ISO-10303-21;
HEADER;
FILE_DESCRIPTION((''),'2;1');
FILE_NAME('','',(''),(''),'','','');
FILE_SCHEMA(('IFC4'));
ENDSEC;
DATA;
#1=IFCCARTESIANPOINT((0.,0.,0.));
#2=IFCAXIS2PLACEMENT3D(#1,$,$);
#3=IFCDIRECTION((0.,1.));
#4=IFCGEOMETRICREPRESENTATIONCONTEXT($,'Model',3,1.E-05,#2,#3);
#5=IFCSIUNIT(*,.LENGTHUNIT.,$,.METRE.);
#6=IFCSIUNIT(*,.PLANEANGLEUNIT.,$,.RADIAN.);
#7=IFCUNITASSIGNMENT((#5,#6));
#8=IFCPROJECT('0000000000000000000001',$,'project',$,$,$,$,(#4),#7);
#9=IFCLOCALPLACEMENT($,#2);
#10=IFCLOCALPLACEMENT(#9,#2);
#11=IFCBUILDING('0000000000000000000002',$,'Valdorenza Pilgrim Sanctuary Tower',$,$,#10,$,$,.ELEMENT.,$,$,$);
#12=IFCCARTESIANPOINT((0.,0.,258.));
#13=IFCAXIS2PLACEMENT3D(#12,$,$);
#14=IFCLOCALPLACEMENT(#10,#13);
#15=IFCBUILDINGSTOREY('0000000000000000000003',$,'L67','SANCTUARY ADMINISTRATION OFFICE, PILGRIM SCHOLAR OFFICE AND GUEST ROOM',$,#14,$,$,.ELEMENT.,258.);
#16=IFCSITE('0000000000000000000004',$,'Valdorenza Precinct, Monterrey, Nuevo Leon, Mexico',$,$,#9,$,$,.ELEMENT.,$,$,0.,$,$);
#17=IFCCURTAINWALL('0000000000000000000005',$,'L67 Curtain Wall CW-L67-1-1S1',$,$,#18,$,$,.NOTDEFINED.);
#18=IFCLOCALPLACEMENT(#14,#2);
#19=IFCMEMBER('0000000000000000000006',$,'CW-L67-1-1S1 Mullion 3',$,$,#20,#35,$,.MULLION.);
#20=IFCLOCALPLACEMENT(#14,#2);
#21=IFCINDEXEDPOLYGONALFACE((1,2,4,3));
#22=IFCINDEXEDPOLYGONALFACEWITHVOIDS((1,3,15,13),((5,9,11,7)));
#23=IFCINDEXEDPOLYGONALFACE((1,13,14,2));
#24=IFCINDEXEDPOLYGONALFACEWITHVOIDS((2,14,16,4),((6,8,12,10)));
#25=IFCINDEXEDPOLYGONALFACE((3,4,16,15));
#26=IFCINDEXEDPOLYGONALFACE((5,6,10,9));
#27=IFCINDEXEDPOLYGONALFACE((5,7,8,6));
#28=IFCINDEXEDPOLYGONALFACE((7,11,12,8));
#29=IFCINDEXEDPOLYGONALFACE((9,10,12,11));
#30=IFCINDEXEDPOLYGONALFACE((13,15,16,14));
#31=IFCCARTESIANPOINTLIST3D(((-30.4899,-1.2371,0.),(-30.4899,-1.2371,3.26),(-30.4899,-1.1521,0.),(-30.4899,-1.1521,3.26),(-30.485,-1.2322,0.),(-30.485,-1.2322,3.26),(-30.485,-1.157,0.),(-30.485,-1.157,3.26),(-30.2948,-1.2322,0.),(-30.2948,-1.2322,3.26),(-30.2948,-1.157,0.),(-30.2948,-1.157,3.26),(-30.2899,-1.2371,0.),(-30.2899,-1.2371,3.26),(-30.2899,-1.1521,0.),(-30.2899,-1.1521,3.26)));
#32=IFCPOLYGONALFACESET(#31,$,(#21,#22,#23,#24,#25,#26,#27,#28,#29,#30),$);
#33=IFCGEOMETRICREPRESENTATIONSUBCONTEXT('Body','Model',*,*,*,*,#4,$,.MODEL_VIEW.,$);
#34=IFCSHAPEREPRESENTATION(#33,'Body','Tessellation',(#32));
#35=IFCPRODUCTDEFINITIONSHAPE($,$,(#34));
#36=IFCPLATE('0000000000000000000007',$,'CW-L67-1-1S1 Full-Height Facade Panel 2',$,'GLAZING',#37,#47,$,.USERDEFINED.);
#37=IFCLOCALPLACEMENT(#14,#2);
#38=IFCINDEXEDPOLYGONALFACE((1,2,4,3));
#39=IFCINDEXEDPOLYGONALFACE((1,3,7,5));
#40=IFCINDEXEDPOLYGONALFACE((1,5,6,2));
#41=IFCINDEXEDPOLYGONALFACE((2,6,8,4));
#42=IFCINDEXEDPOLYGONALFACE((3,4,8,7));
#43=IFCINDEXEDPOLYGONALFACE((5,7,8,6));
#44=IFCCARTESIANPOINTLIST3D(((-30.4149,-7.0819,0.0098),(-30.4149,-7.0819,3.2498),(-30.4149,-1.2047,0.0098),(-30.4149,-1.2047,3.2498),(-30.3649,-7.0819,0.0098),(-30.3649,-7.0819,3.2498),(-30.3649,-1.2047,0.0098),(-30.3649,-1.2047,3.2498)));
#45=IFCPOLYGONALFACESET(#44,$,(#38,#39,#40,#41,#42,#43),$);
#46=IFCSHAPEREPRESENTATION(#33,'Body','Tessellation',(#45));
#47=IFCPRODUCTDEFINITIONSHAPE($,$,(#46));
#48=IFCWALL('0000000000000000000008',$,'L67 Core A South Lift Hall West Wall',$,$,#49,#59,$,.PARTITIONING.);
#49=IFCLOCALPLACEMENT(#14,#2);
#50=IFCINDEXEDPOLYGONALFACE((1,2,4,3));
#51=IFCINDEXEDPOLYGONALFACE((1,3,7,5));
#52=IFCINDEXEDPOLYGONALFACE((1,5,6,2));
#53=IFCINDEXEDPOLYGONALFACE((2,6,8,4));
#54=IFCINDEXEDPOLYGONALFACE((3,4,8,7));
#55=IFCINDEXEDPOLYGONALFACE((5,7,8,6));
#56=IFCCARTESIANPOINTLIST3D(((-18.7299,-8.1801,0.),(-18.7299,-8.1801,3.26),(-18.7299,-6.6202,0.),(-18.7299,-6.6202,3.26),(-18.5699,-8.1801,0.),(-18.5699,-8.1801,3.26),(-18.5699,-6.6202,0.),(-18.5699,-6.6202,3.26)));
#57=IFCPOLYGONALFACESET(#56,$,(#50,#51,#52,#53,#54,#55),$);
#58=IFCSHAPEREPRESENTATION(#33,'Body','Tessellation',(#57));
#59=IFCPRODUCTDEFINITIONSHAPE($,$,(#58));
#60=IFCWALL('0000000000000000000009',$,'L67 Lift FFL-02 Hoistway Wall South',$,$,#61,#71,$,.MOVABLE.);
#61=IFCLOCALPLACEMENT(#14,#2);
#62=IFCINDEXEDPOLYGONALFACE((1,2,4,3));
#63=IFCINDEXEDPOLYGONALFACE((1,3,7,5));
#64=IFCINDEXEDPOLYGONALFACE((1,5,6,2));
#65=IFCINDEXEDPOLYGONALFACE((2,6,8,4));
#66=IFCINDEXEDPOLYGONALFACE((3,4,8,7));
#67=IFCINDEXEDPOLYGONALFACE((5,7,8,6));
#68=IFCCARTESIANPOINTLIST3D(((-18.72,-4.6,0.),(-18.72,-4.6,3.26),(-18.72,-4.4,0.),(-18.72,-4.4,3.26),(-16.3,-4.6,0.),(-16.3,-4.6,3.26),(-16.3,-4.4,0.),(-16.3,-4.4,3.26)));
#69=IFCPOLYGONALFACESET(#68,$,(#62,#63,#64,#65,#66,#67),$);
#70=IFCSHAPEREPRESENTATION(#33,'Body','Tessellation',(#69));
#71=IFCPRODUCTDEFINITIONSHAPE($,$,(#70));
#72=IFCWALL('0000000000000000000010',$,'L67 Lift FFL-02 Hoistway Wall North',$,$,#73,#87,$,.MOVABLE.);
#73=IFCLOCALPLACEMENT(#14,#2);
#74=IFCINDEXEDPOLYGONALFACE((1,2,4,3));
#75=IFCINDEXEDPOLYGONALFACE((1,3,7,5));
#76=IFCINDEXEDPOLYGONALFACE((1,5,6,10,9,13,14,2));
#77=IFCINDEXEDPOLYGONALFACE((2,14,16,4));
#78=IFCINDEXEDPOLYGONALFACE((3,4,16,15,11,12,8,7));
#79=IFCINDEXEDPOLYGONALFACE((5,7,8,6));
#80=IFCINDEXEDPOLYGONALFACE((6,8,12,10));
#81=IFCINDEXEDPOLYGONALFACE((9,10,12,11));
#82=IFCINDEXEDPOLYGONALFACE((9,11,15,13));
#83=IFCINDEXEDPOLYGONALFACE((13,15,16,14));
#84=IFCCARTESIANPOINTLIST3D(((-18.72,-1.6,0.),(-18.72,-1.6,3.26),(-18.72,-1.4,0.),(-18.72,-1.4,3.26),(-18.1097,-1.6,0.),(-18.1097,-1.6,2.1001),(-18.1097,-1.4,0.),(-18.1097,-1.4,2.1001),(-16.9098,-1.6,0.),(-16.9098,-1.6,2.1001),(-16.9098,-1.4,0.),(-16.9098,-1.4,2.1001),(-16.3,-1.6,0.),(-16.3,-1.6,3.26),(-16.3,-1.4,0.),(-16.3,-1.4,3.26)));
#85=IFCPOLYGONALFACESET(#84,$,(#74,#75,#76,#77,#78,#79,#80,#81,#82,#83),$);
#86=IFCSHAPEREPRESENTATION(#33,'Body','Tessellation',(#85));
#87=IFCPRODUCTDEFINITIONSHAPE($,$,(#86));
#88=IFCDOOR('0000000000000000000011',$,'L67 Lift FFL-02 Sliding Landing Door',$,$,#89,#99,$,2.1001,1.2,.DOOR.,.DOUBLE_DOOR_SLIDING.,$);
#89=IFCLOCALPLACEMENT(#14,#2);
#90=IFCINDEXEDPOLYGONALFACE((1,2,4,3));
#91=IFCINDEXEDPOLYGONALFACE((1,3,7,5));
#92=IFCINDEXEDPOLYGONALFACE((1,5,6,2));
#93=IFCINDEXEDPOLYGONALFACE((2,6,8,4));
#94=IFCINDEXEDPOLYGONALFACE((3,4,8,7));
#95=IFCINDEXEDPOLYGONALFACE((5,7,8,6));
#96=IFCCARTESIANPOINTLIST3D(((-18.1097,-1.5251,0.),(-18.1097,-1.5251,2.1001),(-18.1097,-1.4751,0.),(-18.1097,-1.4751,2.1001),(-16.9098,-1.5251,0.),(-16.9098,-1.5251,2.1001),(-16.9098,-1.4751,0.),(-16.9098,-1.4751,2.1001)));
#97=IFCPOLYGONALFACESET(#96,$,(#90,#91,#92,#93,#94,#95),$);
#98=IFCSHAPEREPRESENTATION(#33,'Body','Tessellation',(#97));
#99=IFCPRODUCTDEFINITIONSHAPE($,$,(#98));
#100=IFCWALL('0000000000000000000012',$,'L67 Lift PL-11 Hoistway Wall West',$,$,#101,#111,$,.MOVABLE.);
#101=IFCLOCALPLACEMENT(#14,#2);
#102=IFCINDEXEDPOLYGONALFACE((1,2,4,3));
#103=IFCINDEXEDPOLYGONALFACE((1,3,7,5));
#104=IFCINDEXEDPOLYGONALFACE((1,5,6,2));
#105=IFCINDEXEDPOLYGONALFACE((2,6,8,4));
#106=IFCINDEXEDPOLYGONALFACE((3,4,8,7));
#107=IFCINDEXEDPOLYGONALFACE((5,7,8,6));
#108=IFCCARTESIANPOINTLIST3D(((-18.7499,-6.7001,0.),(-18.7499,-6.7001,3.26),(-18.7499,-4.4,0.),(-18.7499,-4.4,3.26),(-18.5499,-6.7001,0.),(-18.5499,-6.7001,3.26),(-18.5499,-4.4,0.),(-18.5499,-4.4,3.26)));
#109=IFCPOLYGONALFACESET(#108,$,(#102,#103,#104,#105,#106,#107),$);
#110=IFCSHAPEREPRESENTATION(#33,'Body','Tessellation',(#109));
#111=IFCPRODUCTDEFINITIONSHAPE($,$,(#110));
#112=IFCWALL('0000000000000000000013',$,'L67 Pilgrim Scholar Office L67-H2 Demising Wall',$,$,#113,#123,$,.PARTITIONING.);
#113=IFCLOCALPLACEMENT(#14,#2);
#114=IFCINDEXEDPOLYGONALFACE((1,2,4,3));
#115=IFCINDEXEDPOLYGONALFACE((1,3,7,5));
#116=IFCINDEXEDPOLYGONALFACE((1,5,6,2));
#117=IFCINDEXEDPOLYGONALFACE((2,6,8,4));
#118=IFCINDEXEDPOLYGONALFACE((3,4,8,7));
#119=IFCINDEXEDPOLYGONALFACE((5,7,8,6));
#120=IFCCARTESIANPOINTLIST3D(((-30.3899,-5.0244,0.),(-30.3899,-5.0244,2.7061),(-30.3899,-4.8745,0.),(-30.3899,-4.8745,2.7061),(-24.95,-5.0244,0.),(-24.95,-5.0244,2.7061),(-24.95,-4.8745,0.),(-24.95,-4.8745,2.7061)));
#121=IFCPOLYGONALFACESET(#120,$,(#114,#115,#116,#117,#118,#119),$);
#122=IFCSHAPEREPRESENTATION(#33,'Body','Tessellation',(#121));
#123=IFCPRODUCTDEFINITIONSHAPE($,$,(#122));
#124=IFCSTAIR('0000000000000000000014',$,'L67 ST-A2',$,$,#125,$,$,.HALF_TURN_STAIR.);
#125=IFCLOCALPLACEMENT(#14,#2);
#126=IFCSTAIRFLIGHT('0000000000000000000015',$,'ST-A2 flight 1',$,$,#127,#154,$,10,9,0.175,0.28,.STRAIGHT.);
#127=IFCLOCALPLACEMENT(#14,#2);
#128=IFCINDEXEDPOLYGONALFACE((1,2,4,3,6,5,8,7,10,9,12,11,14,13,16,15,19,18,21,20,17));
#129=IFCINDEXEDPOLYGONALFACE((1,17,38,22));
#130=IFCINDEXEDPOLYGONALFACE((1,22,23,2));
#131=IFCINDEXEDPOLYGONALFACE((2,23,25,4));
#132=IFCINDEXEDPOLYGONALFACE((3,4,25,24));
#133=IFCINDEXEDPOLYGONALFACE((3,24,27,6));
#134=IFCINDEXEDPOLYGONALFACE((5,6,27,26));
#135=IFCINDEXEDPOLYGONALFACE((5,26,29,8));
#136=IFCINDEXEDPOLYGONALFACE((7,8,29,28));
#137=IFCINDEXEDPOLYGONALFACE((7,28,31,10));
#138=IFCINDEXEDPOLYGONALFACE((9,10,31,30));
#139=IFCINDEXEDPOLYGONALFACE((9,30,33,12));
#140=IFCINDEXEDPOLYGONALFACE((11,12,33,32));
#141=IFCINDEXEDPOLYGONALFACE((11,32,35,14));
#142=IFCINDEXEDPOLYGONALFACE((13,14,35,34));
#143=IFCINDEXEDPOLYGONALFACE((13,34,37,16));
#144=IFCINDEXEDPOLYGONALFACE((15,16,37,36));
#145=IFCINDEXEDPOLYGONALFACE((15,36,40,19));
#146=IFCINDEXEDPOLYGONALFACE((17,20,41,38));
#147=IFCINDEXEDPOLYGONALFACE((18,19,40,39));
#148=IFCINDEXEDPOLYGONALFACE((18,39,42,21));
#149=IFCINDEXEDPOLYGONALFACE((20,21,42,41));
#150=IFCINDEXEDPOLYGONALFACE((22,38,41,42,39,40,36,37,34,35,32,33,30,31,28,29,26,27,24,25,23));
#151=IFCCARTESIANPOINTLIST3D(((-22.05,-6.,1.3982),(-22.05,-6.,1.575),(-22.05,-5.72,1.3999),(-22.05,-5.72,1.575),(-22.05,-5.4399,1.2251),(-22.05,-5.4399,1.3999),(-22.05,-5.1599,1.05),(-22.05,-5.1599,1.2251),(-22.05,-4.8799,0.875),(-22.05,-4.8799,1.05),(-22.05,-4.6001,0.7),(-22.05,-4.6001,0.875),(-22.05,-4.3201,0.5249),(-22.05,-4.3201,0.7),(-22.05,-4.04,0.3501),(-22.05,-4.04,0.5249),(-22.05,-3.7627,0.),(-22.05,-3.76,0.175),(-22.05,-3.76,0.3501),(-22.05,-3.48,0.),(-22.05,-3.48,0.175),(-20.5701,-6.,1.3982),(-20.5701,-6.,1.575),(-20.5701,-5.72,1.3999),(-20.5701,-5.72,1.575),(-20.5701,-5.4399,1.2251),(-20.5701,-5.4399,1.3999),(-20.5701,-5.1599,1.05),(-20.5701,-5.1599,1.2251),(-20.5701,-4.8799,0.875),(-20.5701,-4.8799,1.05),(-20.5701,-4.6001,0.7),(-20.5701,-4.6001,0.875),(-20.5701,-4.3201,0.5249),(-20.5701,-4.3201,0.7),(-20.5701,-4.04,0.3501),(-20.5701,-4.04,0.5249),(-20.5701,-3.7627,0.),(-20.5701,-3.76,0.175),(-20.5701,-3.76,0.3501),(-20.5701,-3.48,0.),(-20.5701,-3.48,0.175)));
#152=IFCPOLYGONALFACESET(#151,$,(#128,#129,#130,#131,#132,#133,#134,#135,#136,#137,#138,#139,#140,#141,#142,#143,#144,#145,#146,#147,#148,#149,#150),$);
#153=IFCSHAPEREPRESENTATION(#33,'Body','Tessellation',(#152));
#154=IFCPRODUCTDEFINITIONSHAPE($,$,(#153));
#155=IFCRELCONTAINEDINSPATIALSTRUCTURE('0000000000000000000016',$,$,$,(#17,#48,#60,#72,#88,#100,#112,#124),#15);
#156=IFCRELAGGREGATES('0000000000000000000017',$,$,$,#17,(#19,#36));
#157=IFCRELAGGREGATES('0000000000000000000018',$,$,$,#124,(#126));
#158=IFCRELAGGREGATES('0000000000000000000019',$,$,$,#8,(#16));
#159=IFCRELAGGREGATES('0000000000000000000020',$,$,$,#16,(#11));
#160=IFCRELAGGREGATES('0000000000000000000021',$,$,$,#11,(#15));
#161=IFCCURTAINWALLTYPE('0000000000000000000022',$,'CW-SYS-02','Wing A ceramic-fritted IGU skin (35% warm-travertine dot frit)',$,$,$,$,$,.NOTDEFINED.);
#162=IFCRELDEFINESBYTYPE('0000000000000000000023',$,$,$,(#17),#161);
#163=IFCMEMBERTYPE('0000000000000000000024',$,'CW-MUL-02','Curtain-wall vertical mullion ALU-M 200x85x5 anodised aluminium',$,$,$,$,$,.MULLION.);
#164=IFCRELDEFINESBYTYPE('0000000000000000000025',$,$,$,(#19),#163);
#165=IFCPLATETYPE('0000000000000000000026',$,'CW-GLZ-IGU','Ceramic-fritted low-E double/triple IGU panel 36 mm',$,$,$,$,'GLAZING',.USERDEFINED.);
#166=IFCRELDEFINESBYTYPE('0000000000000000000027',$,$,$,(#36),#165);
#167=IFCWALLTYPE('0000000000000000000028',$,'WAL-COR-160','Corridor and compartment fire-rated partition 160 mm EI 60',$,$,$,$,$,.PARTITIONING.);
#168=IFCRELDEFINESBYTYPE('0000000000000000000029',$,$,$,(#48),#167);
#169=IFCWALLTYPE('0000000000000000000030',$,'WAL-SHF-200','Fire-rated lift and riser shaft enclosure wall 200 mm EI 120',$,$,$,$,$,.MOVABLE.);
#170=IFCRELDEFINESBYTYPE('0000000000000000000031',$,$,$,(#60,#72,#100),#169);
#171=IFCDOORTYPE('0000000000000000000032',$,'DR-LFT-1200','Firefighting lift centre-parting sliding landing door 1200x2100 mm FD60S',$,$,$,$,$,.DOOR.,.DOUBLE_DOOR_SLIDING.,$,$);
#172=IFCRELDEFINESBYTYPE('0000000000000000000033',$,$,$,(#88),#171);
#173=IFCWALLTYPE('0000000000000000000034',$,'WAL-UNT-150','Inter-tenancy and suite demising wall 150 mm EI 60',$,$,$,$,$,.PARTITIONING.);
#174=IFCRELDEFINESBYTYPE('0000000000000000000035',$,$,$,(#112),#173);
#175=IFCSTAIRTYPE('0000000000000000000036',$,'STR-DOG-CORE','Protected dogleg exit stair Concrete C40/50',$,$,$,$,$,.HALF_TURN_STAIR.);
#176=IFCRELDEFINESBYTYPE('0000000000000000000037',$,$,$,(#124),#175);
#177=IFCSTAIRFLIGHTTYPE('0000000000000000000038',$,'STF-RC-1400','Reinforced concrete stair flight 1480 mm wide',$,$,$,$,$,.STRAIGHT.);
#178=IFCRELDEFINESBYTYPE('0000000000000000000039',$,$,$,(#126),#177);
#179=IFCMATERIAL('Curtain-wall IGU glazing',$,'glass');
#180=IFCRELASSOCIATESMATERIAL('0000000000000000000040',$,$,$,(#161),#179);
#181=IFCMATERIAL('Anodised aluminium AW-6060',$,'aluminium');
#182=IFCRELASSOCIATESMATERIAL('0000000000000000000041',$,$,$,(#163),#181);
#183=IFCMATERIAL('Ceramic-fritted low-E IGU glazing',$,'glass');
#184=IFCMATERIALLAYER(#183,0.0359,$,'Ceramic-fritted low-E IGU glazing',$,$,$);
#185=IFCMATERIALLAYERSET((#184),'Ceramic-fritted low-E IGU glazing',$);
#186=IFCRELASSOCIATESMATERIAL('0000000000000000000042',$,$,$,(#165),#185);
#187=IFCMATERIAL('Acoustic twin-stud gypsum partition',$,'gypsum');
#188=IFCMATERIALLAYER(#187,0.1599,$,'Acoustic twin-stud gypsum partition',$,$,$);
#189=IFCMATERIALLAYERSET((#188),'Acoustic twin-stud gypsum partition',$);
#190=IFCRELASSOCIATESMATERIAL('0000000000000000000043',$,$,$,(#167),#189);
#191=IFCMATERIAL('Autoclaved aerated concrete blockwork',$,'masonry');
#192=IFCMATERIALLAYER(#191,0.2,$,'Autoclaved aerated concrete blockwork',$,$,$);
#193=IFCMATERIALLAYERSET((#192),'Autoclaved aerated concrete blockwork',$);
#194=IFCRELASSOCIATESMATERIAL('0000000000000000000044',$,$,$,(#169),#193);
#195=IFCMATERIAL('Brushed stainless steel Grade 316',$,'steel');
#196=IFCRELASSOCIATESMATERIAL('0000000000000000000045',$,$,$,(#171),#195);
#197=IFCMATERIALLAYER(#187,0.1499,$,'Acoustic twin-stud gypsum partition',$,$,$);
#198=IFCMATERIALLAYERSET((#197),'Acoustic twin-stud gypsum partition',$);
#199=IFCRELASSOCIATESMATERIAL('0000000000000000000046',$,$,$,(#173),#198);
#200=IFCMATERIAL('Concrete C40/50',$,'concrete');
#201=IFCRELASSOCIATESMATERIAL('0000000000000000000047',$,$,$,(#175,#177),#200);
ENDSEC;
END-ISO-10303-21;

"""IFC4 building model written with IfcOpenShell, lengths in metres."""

from ifc_helpers import new_model, si_unit, direction, frame, frame_2d, origin, origin_2d, place, context, subcontext, project, spatial, polyline, rectangle, hollow_rectangle, outline, extrude, source, transform, mapped, material, layer, layer_set, material_profile, profile_set, type_object, element, fill, aggregate, save


model = new_model("IFC4")

# Units and contexts
model_context = context("Model", 3, precision=1e-05, world=origin(), true_north=direction((0.0, 1.0)))
body_context = subcontext(model_context, "Body", "Model", "MODEL_VIEW")
ifc_project = project(units=[si_unit("LENGTHUNIT", "METRE"), si_unit("PLANEANGLEUNIT", "RADIAN")], contexts=[model_context])

# Site, building, storey
site_placement = place(None, origin())
site = spatial("IfcSite", under=ifc_project, at=site_placement, Name="Valdorenza Precinct, Monterrey, Nuevo Leon, Mexico", CompositionType="ELEMENT", RefElevation=0.0)
building_placement = place(site_placement, origin())
building = spatial("IfcBuilding", under=site, at=building_placement, Name="Valdorenza Pilgrim Sanctuary Tower", CompositionType="ELEMENT")
storey_placement = place(building_placement, frame((0.0, 0.0, 258.0)))
storey = spatial("IfcBuildingStorey", under=building, at=storey_placement, Name="L67", Description="SANCTUARY ADMINISTRATION OFFICE, PILGRIM SCHOLAR OFFICE AND GUEST ROOM", CompositionType="ELEMENT", Elevation=258.0)

# Curtain wall, member, plate
ifc_material_1 = material(Name="Curtain-wall IGU glazing", Category="glass")
curtain_wall_type = type_object("IfcCurtainWallType", Name="CW-SYS-02", Description="Wing A ceramic-fritted IGU skin (35% warm-travertine dot frit)", PredefinedType="NOTDEFINED", material=ifc_material_1)
curtain_wall_placement = place(storey_placement, origin())
curtain_wall = element("IfcCurtainWall", 1, at=curtain_wall_placement, inside=storey, type_object=curtain_wall_type, Name="L67 Curtain Wall CW-L67-1-1S1", PredefinedType="NOTDEFINED")
ifc_material_2 = material(Name="Anodised aluminium AW-6060", Category="aluminium")
ifc_material_profile_1 = material_profile(ifc_material_2, hollow_rectangle(XDim=0.085, YDim=0.2, WallThickness=0.0049, at=origin_2d()), Name="ALU-M 200x85x5")
ifc_profile_set_1 = profile_set([ifc_material_profile_1], Name="Anodised aluminium AW-6060")
member_type = type_object("IfcMemberType", Name="CW-MUL-02", Description="Curtain-wall vertical mullion ALU-M 200x85x5 anodised aluminium", PredefinedType="MULLION", material=ifc_profile_set_1)
shared_shape_1 = source(origin(), body_context, "Body", "SweptSolid", [
    extrude(hollow_rectangle(XDim=0.085, YDim=0.2, WallThickness=0.0049, at=origin_2d()), origin(), (0.0, 0.0, 1.0), 3.26),
])
member_1_placement = place(storey_placement, frame((-30.3899, -1.1946, 0.0), z_axis=(0.0, 0.0, 1.0), x_axis=(0.0, 1.0, 0.0)))
member_1 = element("IfcMember", 2, at=member_1_placement, type_object=member_type, Name="CW-L67-1-1S1 Mullion 3", PredefinedType="MULLION", context=body_context, shape_type="MappedRepresentation", body=[
    mapped(shared_shape_1, transform((0.0, 0.0, 0.0), x_axis=(1.0, 0.0, 0.0), y_axis=(0.0, 1.0, 0.0), z_axis=(0.0, 0.0, 1.0), scale=1.0)),
])
ifc_material_3 = material(Name="Ceramic-fritted low-E IGU glazing", Category="glass")
ifc_layer_1 = layer(ifc_material_3, 0.0359, Name="Ceramic-fritted low-E IGU glazing")
ifc_layer_set_1 = layer_set([ifc_layer_1], Name="Ceramic-fritted low-E IGU glazing")
plate_type = type_object("IfcPlateType", Name="CW-GLZ-IGU", Description="Ceramic-fritted low-E double/triple IGU panel 36 mm", ElementType="GLAZING", PredefinedType="USERDEFINED", material=ifc_layer_set_1)
shared_shape_2 = source(origin(), body_context, "Body", "SweptSolid", [
    extrude(rectangle(XDim=5.8772, YDim=0.05, at=origin_2d()), origin(), (0.0, 0.0, 1.0), 3.24),
])
plate_placement = place(storey_placement, frame((-30.3899, -4.1433, 0.0098), z_axis=(0.0, 0.0, 1.0), x_axis=(0.0, 1.0, 0.0)))
plate = element("IfcPlate", 3, at=plate_placement, type_object=plate_type, Name="CW-L67-1-1S1 Full-Height Facade Panel 2", ObjectType="GLAZING", PredefinedType="USERDEFINED", context=body_context, shape_type="MappedRepresentation", body=[
    mapped(shared_shape_2, transform((0.0, 0.0, 0.0), x_axis=(1.0, 0.0, 0.0), y_axis=(0.0, 1.0, 0.0), z_axis=(0.0, 0.0, 1.0), scale=1.0)),
])
aggregate(curtain_wall, [member_1, plate])

# Walls
ifc_material_4 = material(Name="Acoustic twin-stud gypsum partition", Category="gypsum")
ifc_layer_2 = layer(ifc_material_4, 0.1599, Name="Acoustic twin-stud gypsum partition")
ifc_layer_set_2 = layer_set([ifc_layer_2], Name="Acoustic twin-stud gypsum partition")
wall_type_1 = type_object("IfcWallType", Name="WAL-COR-160", Description="Corridor and compartment fire-rated partition 160 mm EI 60", PredefinedType="PARTITIONING", material=ifc_layer_set_2)
wall_1_placement = place(storey_placement, frame((-18.6499, -8.1799, 0.0), z_axis=(0.0, 0.0, 1.0), x_axis=(0.0, 1.0, 0.0)))
element("IfcWall", 4, at=wall_1_placement, inside=storey, type_object=wall_type_1, Name="L67 Core A South Lift Hall West Wall", PredefinedType="PARTITIONING", context=body_context, shape_type="SweptSolid", body=[
    extrude(rectangle(XDim=1.5598, YDim=0.1599, at=frame_2d((0.7798, 0.0))), origin(), (0.0, 0.0, 1.0), 3.26),
])
ifc_material_5 = material(Name="Autoclaved aerated concrete blockwork", Category="masonry")
ifc_layer_3 = layer(ifc_material_5, 0.2, Name="Autoclaved aerated concrete blockwork")
ifc_layer_set_3 = layer_set([ifc_layer_3], Name="Autoclaved aerated concrete blockwork")
wall_type_2 = type_object("IfcWallType", Name="WAL-SHF-200", Description="Fire-rated lift and riser shaft enclosure wall 200 mm EI 120", PredefinedType="MOVABLE", material=ifc_layer_set_3)
wall_2_placement = place(storey_placement, frame((-18.72, -4.5, 0.0), z_axis=(0.0, 0.0, 1.0), x_axis=(1.0, 0.0, 0.0)))
element("IfcWall", 5, at=wall_2_placement, inside=storey, type_object=wall_type_2, Name="L67 Lift FFL-02 Hoistway Wall South", PredefinedType="MOVABLE", context=body_context, shape_type="SweptSolid", body=[
    extrude(rectangle(XDim=2.4199, YDim=0.2, at=frame_2d((1.21, 0.0))), origin(), (0.0, 0.0, 1.0), 3.26),
])

# Wall, opening, door
wall_3_placement = place(storey_placement, frame((-18.72, -1.5, 0.0), z_axis=(0.0, 0.0, 1.0), x_axis=(1.0, 0.0, 0.0)))
wall_3 = element("IfcWall", 6, at=wall_3_placement, inside=storey, type_object=wall_type_2, Name="L67 Lift FFL-02 Hoistway Wall North", PredefinedType="MOVABLE", context=body_context, shape_type="SweptSolid", body=[
    extrude(rectangle(XDim=2.4199, YDim=0.2, at=frame_2d((1.21, 0.0))), origin(), (0.0, 0.0, 1.0), 3.26),
])
opening_1_placement = place(wall_3_placement, frame((0.6101, 0.0, 0.0)))
opening_1 = element("IfcOpeningElement", 7, at=opening_1_placement, cuts=wall_3, PredefinedType="OPENING", context=body_context, shape_type="SweptSolid", body=[
    extrude(rectangle(XDim=1.2, YDim=2.1001, at=frame_2d((0.6001, 1.05))), frame((0.0, 0.1147, 0.0), z_axis=(0.0, -1.0, 0.0), x_axis=(1.0, 0.0, 0.0)), (0.0, 0.0, 1.0), 0.2297),
])
ifc_material_6 = material(Name="Brushed stainless steel Grade 316", Category="steel")
door_type_1 = type_object("IfcDoorType", Name="DR-LFT-1200", Description="Firefighting lift centre-parting sliding landing door 1200x2100 mm FD60S", OperationType="DOUBLE_DOOR_SLIDING", PredefinedType="DOOR", material=ifc_material_6)
door_1_placement = place(opening_1_placement, origin())
door_1 = element("IfcDoor", 8, at=door_1_placement, inside=storey, type_object=door_type_1, Name="L67 Lift FFL-02 Sliding Landing Door", OperationType="DOUBLE_DOOR_SLIDING", OverallHeight=2.1001, OverallWidth=1.2, PredefinedType="DOOR", context=body_context, shape_type="SweptSolid", body=[
    extrude(rectangle(XDim=1.2, YDim=2.1001, at=frame_2d((0.6001, 1.05))), frame((0.0, 0.0249, 0.0), z_axis=(0.0, -1.0, 0.0), x_axis=(1.0, 0.0, 0.0)), (0.0, 0.0, 1.0), 0.05),
])
fill(opening_1, door_1)

# Wall
wall_4_placement = place(storey_placement, frame((-18.6499, -6.7, 0.0), z_axis=(0.0, 0.0, 1.0), x_axis=(0.0, 1.0, 0.0)))
element("IfcWall", 9, at=wall_4_placement, inside=storey, type_object=wall_type_2, Name="L67 Lift PL-11 Hoistway Wall West", PredefinedType="MOVABLE", context=body_context, shape_type="SweptSolid", body=[
    extrude(rectangle(XDim=2.3, YDim=0.2, at=frame_2d((1.1499, 0.0))), origin(), (0.0, 0.0, 1.0), 3.26),
])

# Shared definitions
ifc_material_7 = material(Name="Concrete C40/50", Category="concrete")

# Wall
ifc_layer_4 = layer(ifc_material_4, 0.1499, Name="Acoustic twin-stud gypsum partition")
ifc_layer_set_4 = layer_set([ifc_layer_4], Name="Acoustic twin-stud gypsum partition")
wall_type_3 = type_object("IfcWallType", Name="WAL-UNT-150", Description="Inter-tenancy and suite demising wall 150 mm EI 60", PredefinedType="PARTITIONING", material=ifc_layer_set_4)
wall_5_placement = place(storey_placement, frame((-30.3899, -4.9495, 0.0), z_axis=(0.0, 0.0, 1.0), x_axis=(1.0, 0.0, 0.0)))
element("IfcWall", 10, at=wall_5_placement, inside=storey, type_object=wall_type_3, Name="L67 Pilgrim Scholar Office L67-H2 Demising Wall", PredefinedType="PARTITIONING", context=body_context, shape_type="SweptSolid", body=[
    extrude(rectangle(XDim=5.4399, YDim=0.1499, at=frame_2d((2.72, 0.0))), origin(), (0.0, 0.0, 1.0), 2.7061),
])

# Stair, stair flight
stair_type = type_object("IfcStairType", Name="STR-DOG-CORE", Description="Protected dogleg exit stair Concrete C40/50", PredefinedType="HALF_TURN_STAIR", material=ifc_material_7)
stair_placement = place(storey_placement, origin())
stair = element("IfcStair", 11, at=stair_placement, inside=storey, type_object=stair_type, Name="L67 ST-A2", PredefinedType="HALF_TURN_STAIR")
stair_flight_type = type_object("IfcStairFlightType", Name="STF-RC-1400", Description="Reinforced concrete stair flight 1480 mm wide", PredefinedType="STRAIGHT", material=ifc_material_7)
stair_flight_1_placement = place(storey_placement, frame((-21.3101, -3.48, 0.0), z_axis=(0.0, 0.0, 1.0), x_axis=(0.0, -1.0, 0.0)))
stair_flight_1 = element("IfcStairFlight", 12, at=stair_flight_1_placement, type_object=stair_flight_type, Name="ST-A2 flight 1", NumberOfRisers=10, NumberOfTreads=9, PredefinedType="STRAIGHT", RiserHeight=0.175, TreadLength=0.28, context=body_context, shape_type="SweptSolid", body=[
    extrude(outline(polyline([(0.0, 0.0), (0.0, 0.175), (0.28, 0.175), (0.28, 0.3501), (0.5601, 0.3501), (0.5601, 0.5249), (0.8401, 0.5249), (0.8401, 0.7), (1.1201, 0.7), (1.1201, 0.875), (1.3999, 0.875), (1.3999, 1.05), (1.6799, 1.05), (1.6799, 1.2251), (1.96, 1.2251), (1.96, 1.3999), (2.24, 1.3999), (2.24, 1.575), (2.52, 1.575), (2.52, 1.75), (2.52, 1.3982), (0.2827, 0.0), (0.0, 0.0)])), frame((0.0, 0.74, 0.0), z_axis=(0.0, -1.0, 0.0), x_axis=(1.0, 0.0, 0.0)), (0.0, 0.0, 1.0), 1.48),
])
aggregate(stair, [stair_flight_1])

save(model, "model.ifc")
